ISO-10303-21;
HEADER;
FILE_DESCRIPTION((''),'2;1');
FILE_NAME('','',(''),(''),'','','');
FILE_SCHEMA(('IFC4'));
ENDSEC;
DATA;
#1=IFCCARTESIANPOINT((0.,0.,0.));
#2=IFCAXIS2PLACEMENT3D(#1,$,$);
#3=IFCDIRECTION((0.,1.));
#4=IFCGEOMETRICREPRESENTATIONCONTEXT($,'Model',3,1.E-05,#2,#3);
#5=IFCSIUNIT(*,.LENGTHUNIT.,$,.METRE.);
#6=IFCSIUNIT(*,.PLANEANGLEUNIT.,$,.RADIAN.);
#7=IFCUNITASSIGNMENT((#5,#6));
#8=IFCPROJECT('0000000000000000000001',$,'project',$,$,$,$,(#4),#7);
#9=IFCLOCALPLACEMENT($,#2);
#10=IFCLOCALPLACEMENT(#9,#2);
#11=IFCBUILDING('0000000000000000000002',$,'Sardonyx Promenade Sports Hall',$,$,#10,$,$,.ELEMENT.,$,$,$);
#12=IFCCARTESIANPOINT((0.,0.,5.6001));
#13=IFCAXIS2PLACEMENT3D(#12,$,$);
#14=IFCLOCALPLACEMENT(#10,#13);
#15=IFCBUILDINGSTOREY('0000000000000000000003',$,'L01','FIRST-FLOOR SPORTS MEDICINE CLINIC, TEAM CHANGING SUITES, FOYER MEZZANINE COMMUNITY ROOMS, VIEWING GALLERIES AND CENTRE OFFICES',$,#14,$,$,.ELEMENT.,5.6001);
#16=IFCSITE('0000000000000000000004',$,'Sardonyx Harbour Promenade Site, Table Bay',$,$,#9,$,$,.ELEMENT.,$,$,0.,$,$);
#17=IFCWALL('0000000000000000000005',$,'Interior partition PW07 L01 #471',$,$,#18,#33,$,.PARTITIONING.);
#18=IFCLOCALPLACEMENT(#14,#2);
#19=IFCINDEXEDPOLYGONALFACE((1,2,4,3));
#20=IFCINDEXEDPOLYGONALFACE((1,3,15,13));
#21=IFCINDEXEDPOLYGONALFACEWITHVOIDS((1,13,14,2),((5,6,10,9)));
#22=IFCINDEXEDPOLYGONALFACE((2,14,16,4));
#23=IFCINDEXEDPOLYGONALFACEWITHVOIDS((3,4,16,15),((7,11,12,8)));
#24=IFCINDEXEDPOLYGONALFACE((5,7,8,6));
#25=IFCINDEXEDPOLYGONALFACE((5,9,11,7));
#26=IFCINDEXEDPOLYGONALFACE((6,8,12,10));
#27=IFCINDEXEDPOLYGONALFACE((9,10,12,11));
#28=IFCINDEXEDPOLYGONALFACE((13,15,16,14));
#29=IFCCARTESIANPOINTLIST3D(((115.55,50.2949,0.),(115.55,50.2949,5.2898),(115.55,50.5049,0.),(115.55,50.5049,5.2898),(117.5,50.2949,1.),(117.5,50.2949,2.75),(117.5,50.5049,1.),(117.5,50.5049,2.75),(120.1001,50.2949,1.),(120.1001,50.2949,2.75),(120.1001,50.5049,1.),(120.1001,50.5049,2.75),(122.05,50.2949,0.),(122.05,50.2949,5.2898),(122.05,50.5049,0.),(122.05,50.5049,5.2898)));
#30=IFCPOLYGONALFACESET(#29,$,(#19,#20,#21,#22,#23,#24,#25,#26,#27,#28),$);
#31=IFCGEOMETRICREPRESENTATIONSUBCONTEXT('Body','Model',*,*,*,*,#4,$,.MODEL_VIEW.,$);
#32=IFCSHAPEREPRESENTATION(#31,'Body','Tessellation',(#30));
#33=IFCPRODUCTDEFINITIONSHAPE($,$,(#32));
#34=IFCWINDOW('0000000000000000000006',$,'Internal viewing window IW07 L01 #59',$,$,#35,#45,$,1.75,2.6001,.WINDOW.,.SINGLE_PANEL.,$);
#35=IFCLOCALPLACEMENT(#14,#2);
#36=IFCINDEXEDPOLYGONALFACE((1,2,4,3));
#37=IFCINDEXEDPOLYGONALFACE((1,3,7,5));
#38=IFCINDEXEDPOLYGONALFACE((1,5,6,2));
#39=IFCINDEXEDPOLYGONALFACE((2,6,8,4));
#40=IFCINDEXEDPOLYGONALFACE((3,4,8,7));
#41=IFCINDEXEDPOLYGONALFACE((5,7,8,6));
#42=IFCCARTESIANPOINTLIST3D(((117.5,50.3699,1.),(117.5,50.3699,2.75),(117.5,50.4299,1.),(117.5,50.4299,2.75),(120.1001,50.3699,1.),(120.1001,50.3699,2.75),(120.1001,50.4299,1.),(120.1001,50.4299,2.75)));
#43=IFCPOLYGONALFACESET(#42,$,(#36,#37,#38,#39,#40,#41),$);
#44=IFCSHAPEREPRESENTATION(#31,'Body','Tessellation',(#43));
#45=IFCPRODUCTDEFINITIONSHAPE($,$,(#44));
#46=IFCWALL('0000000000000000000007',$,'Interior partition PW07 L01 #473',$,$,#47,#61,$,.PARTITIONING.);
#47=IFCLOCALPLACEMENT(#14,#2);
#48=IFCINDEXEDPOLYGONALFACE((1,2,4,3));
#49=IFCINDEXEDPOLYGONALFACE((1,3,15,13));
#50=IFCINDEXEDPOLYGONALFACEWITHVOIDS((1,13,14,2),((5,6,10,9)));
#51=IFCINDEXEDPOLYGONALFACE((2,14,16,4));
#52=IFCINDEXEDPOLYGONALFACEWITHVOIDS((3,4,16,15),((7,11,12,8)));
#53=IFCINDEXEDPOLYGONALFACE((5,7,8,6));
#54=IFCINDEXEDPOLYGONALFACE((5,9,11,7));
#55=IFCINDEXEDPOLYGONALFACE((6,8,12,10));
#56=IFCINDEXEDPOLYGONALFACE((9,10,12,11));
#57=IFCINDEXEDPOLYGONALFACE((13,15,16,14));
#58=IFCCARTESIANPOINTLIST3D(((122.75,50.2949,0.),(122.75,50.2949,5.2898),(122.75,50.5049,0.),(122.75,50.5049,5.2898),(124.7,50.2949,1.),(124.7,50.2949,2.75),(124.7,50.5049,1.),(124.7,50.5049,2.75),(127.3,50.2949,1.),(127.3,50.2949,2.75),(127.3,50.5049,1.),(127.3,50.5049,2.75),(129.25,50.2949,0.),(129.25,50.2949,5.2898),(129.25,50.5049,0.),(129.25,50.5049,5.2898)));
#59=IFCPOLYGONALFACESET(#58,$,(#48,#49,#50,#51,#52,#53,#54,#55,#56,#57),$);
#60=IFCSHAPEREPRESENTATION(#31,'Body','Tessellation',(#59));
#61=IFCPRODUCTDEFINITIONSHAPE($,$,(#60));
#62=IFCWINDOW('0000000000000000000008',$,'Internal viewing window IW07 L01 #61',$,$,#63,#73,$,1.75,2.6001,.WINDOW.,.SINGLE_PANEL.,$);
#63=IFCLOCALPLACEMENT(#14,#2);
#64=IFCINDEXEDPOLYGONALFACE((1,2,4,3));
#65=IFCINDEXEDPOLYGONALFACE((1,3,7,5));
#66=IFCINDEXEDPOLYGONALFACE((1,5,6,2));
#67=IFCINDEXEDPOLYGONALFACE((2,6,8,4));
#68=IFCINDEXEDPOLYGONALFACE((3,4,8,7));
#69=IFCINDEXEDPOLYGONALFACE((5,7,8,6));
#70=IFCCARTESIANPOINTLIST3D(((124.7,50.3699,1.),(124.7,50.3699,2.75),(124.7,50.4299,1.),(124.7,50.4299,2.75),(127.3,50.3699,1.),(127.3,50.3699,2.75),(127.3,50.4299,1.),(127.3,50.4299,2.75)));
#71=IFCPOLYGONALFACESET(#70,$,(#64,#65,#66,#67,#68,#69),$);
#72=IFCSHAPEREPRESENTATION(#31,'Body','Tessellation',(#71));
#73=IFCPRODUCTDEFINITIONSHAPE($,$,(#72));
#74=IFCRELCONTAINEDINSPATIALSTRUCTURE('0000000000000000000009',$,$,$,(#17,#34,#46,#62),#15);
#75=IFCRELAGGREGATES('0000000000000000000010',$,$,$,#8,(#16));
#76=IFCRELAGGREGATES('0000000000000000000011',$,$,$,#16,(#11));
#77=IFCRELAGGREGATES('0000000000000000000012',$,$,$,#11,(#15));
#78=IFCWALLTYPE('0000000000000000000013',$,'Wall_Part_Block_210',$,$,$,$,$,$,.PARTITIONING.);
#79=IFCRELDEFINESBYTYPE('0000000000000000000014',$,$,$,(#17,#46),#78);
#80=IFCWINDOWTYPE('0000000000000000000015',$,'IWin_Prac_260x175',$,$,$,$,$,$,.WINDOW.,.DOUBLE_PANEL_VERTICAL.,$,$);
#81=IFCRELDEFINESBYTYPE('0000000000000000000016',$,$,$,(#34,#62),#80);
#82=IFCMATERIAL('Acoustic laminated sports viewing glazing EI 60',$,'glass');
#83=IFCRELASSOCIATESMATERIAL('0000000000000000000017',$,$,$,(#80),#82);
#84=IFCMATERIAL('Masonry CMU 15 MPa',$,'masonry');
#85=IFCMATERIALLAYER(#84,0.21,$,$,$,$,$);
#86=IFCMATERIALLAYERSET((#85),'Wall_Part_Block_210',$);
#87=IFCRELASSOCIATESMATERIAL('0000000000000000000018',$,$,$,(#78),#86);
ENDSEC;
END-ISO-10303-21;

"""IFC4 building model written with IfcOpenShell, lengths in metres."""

from ifc_helpers import new_model, si_unit, direction, frame, frame_2d, origin, place, context, subcontext, project, spatial, rectangle, extrude, material, layer, layer_set, type_object, element, fill, save


model = new_model("IFC4")

# Units and contexts
model_context = context("Model", 3, precision=1e-05, world=origin(), true_north=direction((0.0, 1.0)))
body_context = subcontext(model_context, "Body", "Model", "MODEL_VIEW")
ifc_project = project(units=[si_unit("LENGTHUNIT", "METRE"), si_unit("PLANEANGLEUNIT", "RADIAN")], contexts=[model_context])

# Site, building, storey
site_placement = place(None, origin())
site = spatial("IfcSite", under=ifc_project, at=site_placement, Name="Sardonyx Harbour Promenade Site, Table Bay", CompositionType="ELEMENT", RefElevation=0.0)
building_placement = place(site_placement, origin())
building = spatial("IfcBuilding", under=site, at=building_placement, Name="Sardonyx Promenade Sports Hall", CompositionType="ELEMENT")
storey_placement = place(building_placement, frame((0.0, 0.0, 5.6001)))
storey = spatial("IfcBuildingStorey", under=building, at=storey_placement, Name="L01", Description="FIRST-FLOOR SPORTS MEDICINE CLINIC, TEAM CHANGING SUITES, FOYER MEZZANINE COMMUNITY ROOMS, VIEWING GALLERIES AND CENTRE OFFICES", CompositionType="ELEMENT", Elevation=5.6001)

# Shared definitions
ifc_material_1 = material(Name="Acoustic laminated sports viewing glazing EI 60", Category="glass")
window_type = type_object("IfcWindowType", Name="IWin_Prac_260x175", PartitioningType="DOUBLE_PANEL_VERTICAL", PredefinedType="WINDOW", material=ifc_material_1)

# Shared definitions
ifc_material_2 = material(Name="Masonry CMU 15 MPa", Category="masonry")
ifc_layer_1 = layer(ifc_material_2, 0.21)
ifc_layer_set_1 = layer_set([ifc_layer_1], Name="Wall_Part_Block_210")
wall_type_1 = type_object("IfcWallType", Name="Wall_Part_Block_210", PredefinedType="PARTITIONING", material=ifc_layer_set_1)

# Walls, openings, windows
wall_1_placement = place(storey_placement, frame((115.55, 50.3999, 0.0), z_axis=(0.0, 0.0, 1.0), x_axis=(1.0, 0.0, 0.0)))
wall_1 = element("IfcWall", 1, at=wall_1_placement, inside=storey, type_object=wall_type_1, Name="Interior partition PW07 L01 #471", PredefinedType="PARTITIONING", context=body_context, shape_type="SweptSolid", body=[
    extrude(rectangle(XDim=6.5, YDim=0.21, at=frame_2d((3.25, 0.0))), origin(), (0.0, 0.0, 1.0), 5.2898),
])
opening_1_placement = place(wall_1_placement, frame((1.95, 0.0, 1.0)))
opening_1 = element("IfcOpeningElement", 2, at=opening_1_placement, cuts=wall_1, PredefinedType="OPENING", context=body_context, shape_type="SweptSolid", body=[
    extrude(rectangle(XDim=2.6001, YDim=1.75, at=frame_2d((1.3, 0.875))), frame((0.0, 0.115, 0.0), z_axis=(0.0, -1.0, 0.0), x_axis=(1.0, 0.0, 0.0)), (0.0, 0.0, 1.0), 0.23),
])
window_1_placement = place(opening_1_placement, origin())
window_1 = element("IfcWindow", 3, at=window_1_placement, inside=storey, type_object=window_type, Name="Internal viewing window IW07 L01 #59", OverallHeight=1.75, OverallWidth=2.6001, PartitioningType="SINGLE_PANEL", PredefinedType="WINDOW", context=body_context, shape_type="SweptSolid", body=[
    extrude(rectangle(XDim=2.6001, YDim=1.75, at=frame_2d((1.3, 0.875))), frame((0.0, 0.03, 0.0), z_axis=(0.0, -1.0, 0.0), x_axis=(1.0, 0.0, 0.0)), (0.0, 0.0, 1.0), 0.0601),
])
fill(opening_1, window_1)
wall_2_placement = place(storey_placement, frame((122.75, 50.3999, 0.0), z_axis=(0.0, 0.0, 1.0), x_axis=(1.0, 0.0, 0.0)))
wall_2 = element("IfcWall", 4, at=wall_2_placement, inside=storey, type_object=wall_type_1, Name="Interior partition PW07 L01 #473", PredefinedType="PARTITIONING", context=body_context, shape_type="SweptSolid", body=[
    extrude(rectangle(XDim=6.5, YDim=0.21, at=frame_2d((3.25, 0.0))), origin(), (0.0, 0.0, 1.0), 5.2898),
])
opening_2_placement = place(wall_2_placement, frame((1.95, 0.0, 1.0)))
opening_2 = element("IfcOpeningElement", 5, at=opening_2_placement, cuts=wall_2, PredefinedType="OPENING", context=body_context, shape_type="SweptSolid", body=[
    extrude(rectangle(XDim=2.6001, YDim=1.75, at=frame_2d((1.3, 0.875))), frame((0.0, 0.115, 0.0), z_axis=(0.0, -1.0, 0.0), x_axis=(1.0, 0.0, 0.0)), (0.0, 0.0, 1.0), 0.23),
])
window_2_placement = place(opening_2_placement, origin())
window_2 = element("IfcWindow", 6, at=window_2_placement, inside=storey, type_object=window_type, Name="Internal viewing window IW07 L01 #61", OverallHeight=1.75, OverallWidth=2.6001, PartitioningType="SINGLE_PANEL", PredefinedType="WINDOW", context=body_context, shape_type="SweptSolid", body=[
    extrude(rectangle(XDim=2.6001, YDim=1.75, at=frame_2d((1.3, 0.875))), frame((0.0, 0.03, 0.0), z_axis=(0.0, -1.0, 0.0), x_axis=(1.0, 0.0, 0.0)), (0.0, 0.0, 1.0), 0.0601),
])
fill(opening_2, window_2)

save(model, "model.ifc")
